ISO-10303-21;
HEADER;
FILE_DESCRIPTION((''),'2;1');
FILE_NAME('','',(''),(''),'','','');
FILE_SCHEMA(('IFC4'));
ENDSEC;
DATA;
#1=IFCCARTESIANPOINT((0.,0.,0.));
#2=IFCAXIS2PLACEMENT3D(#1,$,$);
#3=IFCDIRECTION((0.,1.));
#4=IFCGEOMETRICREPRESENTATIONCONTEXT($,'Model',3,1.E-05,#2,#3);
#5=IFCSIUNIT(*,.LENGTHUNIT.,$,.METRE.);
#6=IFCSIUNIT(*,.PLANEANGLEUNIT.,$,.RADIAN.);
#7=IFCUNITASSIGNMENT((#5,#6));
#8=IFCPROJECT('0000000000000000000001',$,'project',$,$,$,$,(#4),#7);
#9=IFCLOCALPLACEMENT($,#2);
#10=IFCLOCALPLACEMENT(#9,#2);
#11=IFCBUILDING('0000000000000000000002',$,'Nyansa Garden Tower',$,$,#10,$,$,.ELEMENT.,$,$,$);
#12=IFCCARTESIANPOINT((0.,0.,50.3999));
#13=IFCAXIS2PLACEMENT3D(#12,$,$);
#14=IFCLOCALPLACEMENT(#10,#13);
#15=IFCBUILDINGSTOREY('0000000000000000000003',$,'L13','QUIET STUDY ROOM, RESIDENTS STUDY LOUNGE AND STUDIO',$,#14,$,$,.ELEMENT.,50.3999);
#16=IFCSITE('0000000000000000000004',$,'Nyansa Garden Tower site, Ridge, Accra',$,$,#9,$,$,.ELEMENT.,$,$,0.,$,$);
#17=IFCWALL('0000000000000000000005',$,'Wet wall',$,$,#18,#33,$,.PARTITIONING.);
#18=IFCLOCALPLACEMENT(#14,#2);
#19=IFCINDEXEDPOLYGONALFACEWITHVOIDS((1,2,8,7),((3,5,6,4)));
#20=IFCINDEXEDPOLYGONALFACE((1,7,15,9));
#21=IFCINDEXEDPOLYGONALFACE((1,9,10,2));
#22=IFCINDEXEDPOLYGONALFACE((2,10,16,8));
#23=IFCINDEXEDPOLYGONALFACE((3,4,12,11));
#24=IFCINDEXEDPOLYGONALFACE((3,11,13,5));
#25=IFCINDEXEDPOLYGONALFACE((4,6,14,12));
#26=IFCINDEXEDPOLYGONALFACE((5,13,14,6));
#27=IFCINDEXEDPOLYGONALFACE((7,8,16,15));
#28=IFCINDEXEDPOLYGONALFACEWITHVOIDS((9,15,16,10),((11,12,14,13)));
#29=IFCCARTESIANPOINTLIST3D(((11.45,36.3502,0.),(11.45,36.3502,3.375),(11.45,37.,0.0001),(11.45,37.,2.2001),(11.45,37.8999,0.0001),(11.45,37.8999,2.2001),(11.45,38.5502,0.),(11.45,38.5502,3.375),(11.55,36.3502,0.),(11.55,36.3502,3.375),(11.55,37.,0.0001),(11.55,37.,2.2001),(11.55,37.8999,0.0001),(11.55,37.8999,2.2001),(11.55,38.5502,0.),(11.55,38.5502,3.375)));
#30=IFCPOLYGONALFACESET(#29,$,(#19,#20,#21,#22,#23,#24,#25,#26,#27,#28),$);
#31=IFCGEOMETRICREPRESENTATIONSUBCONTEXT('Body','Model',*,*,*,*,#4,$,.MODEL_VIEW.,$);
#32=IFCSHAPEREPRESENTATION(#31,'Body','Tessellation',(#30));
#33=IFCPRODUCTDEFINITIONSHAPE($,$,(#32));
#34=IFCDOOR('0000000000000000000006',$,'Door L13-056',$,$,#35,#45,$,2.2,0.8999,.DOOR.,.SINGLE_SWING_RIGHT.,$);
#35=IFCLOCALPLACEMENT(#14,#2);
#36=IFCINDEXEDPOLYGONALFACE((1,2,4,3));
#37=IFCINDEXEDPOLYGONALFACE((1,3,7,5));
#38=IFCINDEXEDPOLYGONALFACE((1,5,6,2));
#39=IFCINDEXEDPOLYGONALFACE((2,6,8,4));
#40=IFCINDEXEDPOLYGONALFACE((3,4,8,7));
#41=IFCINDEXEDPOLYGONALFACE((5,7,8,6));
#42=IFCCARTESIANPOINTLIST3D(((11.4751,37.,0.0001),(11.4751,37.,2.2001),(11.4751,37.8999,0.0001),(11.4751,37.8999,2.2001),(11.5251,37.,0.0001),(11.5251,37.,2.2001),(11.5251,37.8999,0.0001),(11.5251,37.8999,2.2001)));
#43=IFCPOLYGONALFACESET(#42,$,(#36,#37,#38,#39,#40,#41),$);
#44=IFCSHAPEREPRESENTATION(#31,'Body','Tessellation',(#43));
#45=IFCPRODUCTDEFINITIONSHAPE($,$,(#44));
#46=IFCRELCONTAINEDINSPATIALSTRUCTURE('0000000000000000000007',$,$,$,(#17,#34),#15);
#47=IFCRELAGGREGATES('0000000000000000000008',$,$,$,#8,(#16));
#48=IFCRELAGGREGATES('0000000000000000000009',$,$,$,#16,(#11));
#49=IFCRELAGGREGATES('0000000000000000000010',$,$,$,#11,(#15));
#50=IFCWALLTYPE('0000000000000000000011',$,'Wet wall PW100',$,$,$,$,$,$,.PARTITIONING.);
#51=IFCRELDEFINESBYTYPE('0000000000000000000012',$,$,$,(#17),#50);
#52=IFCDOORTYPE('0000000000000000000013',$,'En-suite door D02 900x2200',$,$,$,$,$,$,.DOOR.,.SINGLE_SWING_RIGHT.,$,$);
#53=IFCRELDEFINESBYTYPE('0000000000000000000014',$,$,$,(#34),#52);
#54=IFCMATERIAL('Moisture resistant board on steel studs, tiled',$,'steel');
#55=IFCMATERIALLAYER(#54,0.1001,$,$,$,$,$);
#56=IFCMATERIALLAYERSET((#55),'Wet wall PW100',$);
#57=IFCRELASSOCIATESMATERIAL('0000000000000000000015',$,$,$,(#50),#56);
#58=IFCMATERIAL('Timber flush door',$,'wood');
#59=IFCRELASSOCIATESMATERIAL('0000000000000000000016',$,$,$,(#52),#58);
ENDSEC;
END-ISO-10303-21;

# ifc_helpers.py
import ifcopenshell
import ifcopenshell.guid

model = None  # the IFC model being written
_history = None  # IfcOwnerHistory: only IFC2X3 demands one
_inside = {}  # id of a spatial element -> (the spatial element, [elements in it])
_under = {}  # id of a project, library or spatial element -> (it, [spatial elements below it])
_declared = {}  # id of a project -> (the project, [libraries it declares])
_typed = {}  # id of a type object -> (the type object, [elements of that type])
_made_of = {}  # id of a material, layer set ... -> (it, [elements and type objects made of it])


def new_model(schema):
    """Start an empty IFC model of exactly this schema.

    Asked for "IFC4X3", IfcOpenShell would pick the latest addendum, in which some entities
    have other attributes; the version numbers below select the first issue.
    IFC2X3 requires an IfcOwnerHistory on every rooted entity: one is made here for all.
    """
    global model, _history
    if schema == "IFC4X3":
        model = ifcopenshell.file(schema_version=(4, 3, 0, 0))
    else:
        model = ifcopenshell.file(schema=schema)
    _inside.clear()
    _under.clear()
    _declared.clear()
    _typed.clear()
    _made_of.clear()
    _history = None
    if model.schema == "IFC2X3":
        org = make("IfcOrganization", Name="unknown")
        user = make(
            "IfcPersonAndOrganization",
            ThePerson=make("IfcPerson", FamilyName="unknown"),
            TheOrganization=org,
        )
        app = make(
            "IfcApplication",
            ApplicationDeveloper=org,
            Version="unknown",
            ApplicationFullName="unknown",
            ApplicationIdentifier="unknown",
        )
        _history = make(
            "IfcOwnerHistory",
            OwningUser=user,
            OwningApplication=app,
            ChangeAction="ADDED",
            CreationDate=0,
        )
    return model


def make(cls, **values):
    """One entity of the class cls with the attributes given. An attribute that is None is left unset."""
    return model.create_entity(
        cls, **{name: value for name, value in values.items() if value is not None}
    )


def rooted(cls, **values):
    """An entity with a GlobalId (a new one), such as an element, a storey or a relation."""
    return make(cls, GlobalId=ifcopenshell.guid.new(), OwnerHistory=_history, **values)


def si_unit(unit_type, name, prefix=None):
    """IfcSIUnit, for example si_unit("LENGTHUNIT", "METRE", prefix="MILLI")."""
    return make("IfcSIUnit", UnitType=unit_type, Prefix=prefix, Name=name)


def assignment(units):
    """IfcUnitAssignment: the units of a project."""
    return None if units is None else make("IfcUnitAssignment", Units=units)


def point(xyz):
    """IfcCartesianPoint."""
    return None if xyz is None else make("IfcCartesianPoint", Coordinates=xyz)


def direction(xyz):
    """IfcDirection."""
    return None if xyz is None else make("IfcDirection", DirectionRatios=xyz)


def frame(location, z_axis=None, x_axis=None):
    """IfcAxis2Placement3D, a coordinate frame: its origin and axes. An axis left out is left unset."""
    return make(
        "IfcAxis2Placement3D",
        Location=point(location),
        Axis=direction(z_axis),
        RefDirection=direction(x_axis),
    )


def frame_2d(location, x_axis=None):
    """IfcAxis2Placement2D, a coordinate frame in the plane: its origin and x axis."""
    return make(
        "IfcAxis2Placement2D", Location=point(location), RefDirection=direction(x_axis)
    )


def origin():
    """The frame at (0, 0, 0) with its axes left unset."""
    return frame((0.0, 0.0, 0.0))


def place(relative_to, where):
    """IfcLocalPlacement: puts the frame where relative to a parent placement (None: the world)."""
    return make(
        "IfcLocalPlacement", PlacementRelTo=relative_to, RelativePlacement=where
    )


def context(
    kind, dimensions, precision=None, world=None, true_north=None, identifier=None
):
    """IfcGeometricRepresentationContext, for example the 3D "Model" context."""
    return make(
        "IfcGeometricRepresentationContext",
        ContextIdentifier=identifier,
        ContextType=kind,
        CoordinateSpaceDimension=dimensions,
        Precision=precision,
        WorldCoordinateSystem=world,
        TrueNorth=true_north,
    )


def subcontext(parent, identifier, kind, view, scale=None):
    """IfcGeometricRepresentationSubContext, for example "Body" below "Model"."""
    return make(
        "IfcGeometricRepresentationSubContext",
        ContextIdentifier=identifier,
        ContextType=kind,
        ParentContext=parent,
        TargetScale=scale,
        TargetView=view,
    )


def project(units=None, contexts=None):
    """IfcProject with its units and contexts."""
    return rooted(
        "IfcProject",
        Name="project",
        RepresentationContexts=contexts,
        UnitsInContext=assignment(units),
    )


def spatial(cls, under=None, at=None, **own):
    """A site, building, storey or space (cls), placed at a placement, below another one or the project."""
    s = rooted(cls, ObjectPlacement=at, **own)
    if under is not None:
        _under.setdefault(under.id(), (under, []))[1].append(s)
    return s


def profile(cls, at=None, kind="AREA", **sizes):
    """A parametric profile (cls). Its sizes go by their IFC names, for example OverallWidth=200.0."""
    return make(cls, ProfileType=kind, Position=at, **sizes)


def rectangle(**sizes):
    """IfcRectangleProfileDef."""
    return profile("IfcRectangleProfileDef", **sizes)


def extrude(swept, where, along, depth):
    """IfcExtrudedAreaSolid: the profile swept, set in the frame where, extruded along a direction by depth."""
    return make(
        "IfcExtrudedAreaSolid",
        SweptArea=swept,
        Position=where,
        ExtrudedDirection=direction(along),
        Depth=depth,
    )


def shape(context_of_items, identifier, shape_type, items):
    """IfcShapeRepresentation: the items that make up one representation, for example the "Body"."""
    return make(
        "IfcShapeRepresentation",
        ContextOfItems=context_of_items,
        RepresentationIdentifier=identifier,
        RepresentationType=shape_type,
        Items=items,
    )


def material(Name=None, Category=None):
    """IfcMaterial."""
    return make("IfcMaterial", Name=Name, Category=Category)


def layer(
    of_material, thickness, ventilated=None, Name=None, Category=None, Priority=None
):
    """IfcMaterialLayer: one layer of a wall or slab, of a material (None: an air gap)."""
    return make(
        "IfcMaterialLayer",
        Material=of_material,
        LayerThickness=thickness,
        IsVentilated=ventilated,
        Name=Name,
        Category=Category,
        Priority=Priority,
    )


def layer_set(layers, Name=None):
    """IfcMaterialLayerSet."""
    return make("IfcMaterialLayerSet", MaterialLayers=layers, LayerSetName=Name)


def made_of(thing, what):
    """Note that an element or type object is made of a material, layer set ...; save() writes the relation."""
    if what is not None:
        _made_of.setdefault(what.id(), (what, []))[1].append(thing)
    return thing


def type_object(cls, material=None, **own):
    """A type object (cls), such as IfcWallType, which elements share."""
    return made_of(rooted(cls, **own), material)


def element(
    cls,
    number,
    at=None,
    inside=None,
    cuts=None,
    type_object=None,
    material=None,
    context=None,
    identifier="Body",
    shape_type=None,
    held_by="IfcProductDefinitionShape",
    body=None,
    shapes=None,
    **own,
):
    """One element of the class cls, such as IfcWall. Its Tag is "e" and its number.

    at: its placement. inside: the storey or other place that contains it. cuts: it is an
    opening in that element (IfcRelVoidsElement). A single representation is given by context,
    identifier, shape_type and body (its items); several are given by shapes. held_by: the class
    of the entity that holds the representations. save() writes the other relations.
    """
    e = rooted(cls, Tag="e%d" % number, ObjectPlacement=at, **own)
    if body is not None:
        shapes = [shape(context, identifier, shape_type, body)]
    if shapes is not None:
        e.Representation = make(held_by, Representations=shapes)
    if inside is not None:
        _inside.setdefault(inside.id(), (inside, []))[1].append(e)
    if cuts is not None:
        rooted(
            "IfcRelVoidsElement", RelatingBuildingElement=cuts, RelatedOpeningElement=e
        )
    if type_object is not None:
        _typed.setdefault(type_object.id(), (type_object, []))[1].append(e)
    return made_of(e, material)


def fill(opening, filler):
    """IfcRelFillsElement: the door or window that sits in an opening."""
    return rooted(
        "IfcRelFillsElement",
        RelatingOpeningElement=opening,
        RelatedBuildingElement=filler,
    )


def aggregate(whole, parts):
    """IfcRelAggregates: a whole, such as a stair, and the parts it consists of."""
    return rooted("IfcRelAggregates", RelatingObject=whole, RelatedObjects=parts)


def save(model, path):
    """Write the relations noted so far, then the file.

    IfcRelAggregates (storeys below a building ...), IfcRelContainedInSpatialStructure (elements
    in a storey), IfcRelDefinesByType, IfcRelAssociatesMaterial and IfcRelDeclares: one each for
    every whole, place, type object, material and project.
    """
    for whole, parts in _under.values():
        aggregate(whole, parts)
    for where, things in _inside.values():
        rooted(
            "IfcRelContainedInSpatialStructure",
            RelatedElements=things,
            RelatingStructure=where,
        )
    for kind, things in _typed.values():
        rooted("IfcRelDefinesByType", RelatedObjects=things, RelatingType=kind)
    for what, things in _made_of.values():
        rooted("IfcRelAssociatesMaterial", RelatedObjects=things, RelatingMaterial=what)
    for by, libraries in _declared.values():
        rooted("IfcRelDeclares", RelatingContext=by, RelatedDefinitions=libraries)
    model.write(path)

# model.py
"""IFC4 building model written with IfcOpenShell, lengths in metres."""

from ifc_helpers import new_model, si_unit, direction, frame, frame_2d, origin, place, context, subcontext, project, spatial, rectangle, extrude, material, layer, layer_set, type_object, element, fill, save


model = new_model("IFC4")

# Units and contexts
model_context = context("Model", 3, precision=1e-05, world=origin(), true_north=direction((0.0, 1.0)))
body_context = subcontext(model_context, "Body", "Model", "MODEL_VIEW")
ifc_project = project(units=[si_unit("LENGTHUNIT", "METRE"), si_unit("PLANEANGLEUNIT", "RADIAN")], contexts=[model_context])

# Site, building, storey
site_placement = place(None, origin())
site = spatial("IfcSite", under=ifc_project, at=site_placement, Name="Nyansa Garden Tower site, Ridge, Accra", CompositionType="ELEMENT", RefElevation=0.0)
building_placement = place(site_placement, origin())
building = spatial("IfcBuilding", under=site, at=building_placement, Name="Nyansa Garden Tower", CompositionType="ELEMENT")
storey_placement = place(building_placement, frame((0.0, 0.0, 50.3999)))
storey = spatial("IfcBuildingStorey", under=building, at=storey_placement, Name="L13", Description="QUIET STUDY ROOM, RESIDENTS STUDY LOUNGE AND STUDIO", CompositionType="ELEMENT", Elevation=50.3999)

# Shared definitions
ifc_material_1 = material(Name="Moisture resistant board on steel studs, tiled", Category="steel")
ifc_layer_1 = layer(ifc_material_1, 0.1001)
ifc_layer_set_1 = layer_set([ifc_layer_1], Name="Wet wall PW100")
wall_type_1 = type_object("IfcWallType", Name="Wet wall PW100", PredefinedType="PARTITIONING", material=ifc_layer_set_1)

# Wall, opening, door
wall_1_placement = place(storey_placement, frame((11.5, 36.3501, 0.0), z_axis=(0.0, 0.0, 1.0), x_axis=(0.0, 1.0, 0.0)))
wall_1 = element("IfcWall", 1, at=wall_1_placement, inside=storey, type_object=wall_type_1, Name="Wet wall", PredefinedType="PARTITIONING", context=body_context, shape_type="SweptSolid", body=[
    extrude(rectangle(XDim=2.2, YDim=0.1001, at=frame_2d((1.1001, 0.0))), origin(), (0.0, 0.0, 1.0), 3.375),
])
opening_1_placement = place(wall_1_placement, frame((0.6499, 0.0, 0.0)))
opening_1 = element("IfcOpeningElement", 2, at=opening_1_placement, cuts=wall_1, PredefinedType="OPENING", context=body_context, shape_type="SweptSolid", body=[
    extrude(rectangle(XDim=0.8999, YDim=2.2, at=frame_2d((0.45, 1.1001))), frame((0.0, 0.0601, 0.0), z_axis=(0.0, -1.0, 0.0), x_axis=(1.0, 0.0, 0.0)), (0.0, 0.0, 1.0), 0.1201),
])
ifc_material_2 = material(Name="Timber flush door", Category="wood")
door_type_1 = type_object("IfcDoorType", Name="En-suite door D02 900x2200", OperationType="SINGLE_SWING_RIGHT", PredefinedType="DOOR", material=ifc_material_2)
door_1_placement = place(opening_1_placement, origin())
door_1 = element("IfcDoor", 3, at=door_1_placement, inside=storey, type_object=door_type_1, Name="Door L13-056", OperationType="SINGLE_SWING_RIGHT", OverallHeight=2.2, OverallWidth=0.8999, PredefinedType="DOOR", context=body_context, shape_type="SweptSolid", body=[
    extrude(rectangle(XDim=0.8999, YDim=2.2, at=frame_2d((0.45, 1.1001))), frame((0.0, 0.0249, 0.0), z_axis=(0.0, -1.0, 0.0), x_axis=(1.0, 0.0, 0.0)), (0.0, 0.0, 1.0), 0.05),
])
fill(opening_1, door_1)

save(model, "model.ifc")
